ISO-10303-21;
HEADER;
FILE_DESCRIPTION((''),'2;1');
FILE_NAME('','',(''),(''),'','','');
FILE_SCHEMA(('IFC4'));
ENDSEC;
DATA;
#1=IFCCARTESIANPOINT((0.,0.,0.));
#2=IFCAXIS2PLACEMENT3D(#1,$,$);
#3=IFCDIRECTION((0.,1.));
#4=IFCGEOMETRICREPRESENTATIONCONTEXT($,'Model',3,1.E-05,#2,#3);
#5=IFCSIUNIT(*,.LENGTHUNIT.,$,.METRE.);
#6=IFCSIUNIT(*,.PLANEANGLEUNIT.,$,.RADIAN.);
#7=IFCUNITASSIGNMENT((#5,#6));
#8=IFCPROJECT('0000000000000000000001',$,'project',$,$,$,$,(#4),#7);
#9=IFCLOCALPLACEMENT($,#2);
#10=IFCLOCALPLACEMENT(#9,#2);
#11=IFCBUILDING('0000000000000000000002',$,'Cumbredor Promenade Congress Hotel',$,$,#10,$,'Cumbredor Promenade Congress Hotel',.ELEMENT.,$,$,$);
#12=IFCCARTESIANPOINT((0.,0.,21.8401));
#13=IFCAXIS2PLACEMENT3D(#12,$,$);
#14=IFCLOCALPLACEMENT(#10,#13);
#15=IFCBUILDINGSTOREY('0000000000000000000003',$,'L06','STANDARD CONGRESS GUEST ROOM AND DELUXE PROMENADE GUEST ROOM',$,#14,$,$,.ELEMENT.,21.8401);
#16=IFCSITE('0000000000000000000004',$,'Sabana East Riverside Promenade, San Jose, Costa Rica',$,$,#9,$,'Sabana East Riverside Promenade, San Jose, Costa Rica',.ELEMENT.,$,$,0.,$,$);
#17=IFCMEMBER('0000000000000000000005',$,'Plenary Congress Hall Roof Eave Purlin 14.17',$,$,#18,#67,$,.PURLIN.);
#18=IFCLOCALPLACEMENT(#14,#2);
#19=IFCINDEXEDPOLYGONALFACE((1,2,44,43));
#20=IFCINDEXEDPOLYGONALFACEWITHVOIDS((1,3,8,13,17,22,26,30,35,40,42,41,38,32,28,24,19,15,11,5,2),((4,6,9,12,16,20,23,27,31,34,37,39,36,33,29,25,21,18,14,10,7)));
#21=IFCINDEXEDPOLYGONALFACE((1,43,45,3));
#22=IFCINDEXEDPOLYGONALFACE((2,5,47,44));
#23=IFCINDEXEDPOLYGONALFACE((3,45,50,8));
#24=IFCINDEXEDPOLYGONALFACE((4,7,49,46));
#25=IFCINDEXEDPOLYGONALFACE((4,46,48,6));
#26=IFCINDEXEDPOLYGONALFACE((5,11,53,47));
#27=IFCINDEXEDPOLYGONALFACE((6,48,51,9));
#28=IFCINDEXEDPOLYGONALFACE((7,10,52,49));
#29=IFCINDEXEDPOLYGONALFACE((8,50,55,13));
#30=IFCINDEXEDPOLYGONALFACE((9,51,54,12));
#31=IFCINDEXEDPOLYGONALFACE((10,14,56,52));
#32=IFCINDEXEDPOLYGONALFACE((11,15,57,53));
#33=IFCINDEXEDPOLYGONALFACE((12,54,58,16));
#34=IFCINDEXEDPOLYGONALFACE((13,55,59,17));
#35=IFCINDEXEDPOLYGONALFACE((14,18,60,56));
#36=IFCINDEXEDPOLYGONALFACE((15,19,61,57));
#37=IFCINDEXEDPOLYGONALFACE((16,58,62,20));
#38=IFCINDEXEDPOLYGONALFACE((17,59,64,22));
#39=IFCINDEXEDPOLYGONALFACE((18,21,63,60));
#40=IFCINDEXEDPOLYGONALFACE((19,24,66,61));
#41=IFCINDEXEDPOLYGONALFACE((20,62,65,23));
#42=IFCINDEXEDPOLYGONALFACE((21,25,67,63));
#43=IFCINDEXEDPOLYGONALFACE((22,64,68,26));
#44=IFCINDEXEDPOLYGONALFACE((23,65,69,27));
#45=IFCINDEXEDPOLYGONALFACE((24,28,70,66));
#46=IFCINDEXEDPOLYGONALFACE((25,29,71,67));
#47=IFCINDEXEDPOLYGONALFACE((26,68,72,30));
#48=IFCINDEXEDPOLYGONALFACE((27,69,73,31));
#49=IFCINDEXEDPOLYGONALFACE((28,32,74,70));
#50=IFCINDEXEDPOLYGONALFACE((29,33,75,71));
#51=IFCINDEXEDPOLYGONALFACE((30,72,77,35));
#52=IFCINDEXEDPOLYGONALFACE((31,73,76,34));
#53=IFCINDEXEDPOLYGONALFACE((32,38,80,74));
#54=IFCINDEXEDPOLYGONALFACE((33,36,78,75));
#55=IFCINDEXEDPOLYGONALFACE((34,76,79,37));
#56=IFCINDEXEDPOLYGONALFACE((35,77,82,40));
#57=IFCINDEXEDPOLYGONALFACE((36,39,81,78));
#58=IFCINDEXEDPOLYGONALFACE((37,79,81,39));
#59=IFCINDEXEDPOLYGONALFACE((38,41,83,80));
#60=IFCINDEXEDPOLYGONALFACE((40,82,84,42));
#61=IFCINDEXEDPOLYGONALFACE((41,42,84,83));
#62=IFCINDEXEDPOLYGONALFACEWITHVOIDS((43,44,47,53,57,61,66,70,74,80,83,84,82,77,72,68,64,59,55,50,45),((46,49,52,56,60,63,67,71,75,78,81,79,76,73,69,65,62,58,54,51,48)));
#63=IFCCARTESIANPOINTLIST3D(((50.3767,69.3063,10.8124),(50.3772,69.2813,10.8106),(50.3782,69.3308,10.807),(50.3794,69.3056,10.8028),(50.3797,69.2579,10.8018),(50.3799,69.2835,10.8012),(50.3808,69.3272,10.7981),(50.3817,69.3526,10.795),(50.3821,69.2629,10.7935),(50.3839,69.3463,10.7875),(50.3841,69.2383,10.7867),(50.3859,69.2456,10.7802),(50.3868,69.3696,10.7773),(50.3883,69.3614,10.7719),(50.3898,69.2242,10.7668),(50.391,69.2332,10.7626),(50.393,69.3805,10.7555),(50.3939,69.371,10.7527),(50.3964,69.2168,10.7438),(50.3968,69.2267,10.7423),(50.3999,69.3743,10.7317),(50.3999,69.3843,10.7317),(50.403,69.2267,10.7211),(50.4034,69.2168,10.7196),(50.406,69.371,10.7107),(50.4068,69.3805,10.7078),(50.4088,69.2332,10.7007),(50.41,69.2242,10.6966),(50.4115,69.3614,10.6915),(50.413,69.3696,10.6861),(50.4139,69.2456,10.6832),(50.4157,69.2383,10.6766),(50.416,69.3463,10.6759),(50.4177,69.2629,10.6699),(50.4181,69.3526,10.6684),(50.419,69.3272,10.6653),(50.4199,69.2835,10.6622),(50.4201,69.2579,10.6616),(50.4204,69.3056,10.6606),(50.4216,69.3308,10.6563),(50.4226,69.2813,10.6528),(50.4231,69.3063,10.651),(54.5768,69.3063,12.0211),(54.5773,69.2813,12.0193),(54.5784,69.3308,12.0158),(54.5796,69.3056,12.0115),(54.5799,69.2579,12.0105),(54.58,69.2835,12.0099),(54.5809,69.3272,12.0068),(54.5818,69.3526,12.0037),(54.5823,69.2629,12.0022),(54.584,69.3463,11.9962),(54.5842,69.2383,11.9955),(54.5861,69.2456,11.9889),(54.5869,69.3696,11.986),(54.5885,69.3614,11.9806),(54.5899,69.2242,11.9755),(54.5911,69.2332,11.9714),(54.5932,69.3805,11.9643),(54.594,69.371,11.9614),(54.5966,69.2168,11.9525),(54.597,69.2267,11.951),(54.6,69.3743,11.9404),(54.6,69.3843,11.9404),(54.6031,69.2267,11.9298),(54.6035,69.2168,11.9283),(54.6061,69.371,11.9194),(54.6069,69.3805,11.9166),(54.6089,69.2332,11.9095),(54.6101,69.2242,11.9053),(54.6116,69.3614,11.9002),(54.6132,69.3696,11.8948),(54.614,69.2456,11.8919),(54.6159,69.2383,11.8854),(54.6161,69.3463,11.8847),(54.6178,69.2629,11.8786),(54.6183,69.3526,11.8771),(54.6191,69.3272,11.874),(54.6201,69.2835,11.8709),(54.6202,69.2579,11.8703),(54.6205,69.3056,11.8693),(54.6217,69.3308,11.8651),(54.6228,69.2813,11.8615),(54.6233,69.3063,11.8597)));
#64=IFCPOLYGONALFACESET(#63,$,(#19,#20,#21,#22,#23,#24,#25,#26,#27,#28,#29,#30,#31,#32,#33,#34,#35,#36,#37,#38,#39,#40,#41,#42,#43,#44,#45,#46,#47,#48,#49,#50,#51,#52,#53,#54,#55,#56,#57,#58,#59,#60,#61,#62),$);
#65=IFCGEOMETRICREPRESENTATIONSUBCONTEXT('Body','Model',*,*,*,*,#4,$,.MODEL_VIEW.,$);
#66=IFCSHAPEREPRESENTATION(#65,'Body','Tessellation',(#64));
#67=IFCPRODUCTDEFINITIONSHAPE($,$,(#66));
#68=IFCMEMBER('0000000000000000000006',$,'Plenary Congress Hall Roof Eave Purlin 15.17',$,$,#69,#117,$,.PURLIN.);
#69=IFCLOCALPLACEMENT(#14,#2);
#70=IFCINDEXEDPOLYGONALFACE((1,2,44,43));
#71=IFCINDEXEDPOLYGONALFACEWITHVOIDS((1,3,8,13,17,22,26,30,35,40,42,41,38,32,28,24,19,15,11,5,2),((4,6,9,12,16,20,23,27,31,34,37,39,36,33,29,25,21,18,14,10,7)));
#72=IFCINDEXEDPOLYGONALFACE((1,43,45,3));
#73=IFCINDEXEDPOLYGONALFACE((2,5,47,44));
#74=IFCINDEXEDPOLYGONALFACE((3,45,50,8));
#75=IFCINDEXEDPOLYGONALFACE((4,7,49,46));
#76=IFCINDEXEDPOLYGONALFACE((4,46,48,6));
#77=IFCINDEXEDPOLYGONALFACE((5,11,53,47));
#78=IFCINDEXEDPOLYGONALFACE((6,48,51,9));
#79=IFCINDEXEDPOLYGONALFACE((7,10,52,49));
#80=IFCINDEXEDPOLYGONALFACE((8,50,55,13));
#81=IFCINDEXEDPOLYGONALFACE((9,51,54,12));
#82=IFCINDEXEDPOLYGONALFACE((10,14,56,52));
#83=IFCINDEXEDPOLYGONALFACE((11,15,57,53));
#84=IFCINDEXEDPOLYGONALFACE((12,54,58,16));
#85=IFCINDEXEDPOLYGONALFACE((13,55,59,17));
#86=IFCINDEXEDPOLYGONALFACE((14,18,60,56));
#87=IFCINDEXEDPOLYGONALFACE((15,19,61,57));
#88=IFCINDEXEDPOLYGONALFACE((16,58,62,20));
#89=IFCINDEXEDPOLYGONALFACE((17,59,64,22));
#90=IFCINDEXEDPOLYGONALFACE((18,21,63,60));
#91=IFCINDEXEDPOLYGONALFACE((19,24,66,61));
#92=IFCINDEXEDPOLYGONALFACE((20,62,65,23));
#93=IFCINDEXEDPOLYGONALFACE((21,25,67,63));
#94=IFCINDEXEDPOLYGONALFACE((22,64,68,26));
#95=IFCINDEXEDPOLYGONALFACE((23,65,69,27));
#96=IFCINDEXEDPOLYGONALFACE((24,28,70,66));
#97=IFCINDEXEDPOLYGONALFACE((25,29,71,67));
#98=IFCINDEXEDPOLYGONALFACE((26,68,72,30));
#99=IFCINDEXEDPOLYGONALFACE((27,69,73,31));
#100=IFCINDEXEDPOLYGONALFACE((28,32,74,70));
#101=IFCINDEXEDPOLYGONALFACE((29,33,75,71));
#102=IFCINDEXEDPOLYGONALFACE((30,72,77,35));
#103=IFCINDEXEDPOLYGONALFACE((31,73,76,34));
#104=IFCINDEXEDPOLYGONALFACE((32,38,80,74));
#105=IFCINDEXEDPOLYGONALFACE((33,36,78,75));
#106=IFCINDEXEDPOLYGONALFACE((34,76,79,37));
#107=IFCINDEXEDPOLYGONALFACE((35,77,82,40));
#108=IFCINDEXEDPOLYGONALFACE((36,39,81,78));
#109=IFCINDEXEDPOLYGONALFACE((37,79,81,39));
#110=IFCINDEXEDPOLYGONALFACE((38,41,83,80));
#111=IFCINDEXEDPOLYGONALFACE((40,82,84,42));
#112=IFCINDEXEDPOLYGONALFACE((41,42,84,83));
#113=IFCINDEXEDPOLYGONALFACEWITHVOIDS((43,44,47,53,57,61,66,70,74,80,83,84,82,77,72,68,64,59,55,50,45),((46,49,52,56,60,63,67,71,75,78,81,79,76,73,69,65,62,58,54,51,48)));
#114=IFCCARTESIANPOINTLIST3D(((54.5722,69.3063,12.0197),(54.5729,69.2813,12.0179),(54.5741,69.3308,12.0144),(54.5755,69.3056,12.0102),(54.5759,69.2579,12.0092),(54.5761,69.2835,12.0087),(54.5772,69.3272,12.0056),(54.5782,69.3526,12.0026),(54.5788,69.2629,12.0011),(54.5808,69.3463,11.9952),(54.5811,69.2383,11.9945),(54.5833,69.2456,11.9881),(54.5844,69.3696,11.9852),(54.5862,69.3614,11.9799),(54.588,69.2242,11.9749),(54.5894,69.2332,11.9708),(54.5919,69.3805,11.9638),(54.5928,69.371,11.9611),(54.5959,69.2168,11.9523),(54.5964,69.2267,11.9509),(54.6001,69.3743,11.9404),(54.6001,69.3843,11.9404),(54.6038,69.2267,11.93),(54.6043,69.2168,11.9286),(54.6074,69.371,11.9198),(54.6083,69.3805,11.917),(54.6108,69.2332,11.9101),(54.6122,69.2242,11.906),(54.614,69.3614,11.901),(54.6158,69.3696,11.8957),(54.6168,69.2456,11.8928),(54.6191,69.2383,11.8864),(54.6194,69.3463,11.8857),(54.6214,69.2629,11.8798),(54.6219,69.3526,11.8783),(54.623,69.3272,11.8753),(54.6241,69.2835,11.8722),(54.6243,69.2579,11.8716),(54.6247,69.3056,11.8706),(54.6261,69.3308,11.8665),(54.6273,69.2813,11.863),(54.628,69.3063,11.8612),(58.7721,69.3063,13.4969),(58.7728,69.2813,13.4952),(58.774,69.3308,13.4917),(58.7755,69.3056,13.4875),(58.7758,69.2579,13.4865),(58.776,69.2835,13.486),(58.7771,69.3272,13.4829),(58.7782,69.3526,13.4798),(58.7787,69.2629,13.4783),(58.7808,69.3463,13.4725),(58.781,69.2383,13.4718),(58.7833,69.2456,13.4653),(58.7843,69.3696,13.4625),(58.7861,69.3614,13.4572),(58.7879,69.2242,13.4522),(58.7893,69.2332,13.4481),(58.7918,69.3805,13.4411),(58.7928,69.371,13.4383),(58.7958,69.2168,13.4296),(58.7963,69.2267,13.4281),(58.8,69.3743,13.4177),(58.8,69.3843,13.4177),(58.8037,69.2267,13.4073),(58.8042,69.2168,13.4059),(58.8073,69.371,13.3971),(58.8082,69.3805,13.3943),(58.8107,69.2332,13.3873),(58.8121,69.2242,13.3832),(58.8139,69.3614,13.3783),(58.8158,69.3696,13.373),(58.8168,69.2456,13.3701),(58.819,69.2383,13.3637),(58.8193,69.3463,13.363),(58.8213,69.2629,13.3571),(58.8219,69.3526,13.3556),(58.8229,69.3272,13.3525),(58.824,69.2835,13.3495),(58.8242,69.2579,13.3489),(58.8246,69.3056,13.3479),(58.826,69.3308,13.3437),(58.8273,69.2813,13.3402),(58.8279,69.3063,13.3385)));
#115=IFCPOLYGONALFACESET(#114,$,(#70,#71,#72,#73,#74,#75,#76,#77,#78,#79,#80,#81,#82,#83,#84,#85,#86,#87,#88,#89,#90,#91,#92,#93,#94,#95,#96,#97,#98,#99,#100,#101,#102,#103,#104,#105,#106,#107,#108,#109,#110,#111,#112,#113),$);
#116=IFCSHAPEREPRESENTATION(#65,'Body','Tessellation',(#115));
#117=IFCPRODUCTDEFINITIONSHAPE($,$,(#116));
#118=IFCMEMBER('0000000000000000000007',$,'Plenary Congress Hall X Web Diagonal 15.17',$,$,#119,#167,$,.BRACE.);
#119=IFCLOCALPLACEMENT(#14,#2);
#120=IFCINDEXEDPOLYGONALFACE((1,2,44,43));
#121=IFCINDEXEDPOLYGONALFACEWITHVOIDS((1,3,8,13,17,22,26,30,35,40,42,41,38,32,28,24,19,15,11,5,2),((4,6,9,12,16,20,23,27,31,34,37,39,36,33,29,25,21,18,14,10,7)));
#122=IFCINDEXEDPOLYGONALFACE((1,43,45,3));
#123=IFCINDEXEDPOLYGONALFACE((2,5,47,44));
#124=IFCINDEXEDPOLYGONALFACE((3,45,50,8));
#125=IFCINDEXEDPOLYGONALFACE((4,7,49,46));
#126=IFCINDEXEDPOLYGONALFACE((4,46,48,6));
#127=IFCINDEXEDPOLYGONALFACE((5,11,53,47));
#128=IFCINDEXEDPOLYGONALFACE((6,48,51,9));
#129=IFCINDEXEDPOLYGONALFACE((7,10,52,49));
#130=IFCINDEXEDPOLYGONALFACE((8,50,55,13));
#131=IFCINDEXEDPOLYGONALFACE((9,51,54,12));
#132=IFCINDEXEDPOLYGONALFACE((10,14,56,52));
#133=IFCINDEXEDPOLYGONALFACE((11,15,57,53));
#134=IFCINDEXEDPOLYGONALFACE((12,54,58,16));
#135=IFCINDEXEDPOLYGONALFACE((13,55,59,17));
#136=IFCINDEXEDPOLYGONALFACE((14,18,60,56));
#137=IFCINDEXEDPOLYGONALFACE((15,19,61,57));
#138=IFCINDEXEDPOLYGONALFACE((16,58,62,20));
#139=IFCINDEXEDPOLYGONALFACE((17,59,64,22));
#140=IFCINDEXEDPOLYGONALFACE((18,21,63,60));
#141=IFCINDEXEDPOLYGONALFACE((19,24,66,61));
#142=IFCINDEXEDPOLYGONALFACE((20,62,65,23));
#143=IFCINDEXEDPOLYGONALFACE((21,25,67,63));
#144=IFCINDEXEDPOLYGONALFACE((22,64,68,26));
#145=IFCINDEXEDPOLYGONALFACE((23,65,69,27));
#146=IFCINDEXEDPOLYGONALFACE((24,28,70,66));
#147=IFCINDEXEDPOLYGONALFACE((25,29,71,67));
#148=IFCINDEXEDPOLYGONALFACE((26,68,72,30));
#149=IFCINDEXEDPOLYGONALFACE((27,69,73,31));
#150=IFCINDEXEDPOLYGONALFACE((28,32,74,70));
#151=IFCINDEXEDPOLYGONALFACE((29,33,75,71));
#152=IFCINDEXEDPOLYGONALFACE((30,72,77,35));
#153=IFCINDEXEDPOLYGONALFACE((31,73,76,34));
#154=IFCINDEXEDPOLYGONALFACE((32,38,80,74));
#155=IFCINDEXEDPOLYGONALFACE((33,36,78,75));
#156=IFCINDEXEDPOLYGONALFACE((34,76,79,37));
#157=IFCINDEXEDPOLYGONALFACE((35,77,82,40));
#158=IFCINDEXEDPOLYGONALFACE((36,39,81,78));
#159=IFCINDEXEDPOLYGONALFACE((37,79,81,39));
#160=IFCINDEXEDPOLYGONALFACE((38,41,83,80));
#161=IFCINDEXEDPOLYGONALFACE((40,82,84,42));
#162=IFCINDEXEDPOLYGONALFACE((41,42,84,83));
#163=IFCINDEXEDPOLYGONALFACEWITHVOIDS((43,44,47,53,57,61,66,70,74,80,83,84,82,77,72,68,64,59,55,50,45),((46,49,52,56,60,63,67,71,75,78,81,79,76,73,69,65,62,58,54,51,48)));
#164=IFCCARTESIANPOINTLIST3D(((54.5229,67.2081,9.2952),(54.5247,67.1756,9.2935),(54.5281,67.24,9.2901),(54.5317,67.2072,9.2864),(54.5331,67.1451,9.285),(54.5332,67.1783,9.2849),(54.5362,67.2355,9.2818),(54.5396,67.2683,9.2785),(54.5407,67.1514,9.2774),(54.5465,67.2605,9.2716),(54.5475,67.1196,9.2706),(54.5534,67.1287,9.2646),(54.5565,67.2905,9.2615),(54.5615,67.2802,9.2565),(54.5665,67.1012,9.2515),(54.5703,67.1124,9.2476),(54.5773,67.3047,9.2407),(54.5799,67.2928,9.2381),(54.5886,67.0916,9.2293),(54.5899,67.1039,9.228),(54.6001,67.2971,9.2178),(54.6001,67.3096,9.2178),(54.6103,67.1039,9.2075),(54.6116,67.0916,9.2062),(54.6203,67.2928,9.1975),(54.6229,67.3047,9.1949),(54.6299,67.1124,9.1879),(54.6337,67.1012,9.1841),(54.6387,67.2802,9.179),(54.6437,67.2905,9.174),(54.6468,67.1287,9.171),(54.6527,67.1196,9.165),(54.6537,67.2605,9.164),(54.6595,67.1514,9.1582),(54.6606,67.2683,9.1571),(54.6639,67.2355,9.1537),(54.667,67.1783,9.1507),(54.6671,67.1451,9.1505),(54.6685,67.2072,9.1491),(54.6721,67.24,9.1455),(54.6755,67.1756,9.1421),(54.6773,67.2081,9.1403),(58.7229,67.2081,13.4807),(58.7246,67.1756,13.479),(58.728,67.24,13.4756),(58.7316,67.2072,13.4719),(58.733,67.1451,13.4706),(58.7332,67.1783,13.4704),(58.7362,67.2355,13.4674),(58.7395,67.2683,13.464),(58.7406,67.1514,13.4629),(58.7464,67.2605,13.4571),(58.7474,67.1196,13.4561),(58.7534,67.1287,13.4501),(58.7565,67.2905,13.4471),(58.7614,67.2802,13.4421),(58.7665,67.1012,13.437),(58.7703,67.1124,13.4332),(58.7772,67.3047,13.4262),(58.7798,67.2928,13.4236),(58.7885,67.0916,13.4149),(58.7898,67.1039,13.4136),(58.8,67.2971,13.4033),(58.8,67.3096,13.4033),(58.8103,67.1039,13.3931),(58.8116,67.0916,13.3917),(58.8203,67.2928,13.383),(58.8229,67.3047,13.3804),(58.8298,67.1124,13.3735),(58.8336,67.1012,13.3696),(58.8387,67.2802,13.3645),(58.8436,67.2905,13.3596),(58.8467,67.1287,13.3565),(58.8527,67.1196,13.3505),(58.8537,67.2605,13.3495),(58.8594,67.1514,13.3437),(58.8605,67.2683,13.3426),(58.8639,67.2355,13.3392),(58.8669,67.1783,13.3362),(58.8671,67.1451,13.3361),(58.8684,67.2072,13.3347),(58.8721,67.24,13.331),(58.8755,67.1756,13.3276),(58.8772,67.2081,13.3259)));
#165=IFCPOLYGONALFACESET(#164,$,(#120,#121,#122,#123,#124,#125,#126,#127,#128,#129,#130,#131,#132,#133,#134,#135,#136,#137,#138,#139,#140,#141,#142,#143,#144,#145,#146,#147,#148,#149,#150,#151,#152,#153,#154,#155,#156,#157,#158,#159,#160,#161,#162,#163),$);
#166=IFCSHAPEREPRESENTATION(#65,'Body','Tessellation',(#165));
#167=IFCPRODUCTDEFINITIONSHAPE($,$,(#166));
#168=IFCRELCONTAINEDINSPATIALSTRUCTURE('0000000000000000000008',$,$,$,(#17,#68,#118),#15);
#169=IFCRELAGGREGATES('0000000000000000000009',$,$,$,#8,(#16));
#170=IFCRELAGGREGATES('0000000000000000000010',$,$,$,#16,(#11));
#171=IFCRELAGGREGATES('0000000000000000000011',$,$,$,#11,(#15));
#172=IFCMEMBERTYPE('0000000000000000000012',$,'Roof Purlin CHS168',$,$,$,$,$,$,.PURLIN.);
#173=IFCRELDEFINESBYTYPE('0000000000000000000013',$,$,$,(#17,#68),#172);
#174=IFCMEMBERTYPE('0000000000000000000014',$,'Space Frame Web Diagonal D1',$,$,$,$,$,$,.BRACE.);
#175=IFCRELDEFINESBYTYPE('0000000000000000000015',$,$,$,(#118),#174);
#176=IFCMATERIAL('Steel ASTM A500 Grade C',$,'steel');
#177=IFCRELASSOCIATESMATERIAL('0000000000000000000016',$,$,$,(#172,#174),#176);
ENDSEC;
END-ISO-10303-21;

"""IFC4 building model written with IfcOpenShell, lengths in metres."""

from ifc_helpers import new_model, si_unit, direction, frame, origin, origin_2d, place, context, subcontext, project, spatial, hollow_circle, extrude, material, material_profile, profile_set, type_object, element, save


model = new_model("IFC4")

# Units and contexts
model_context = context("Model", 3, precision=1e-05, world=origin(), true_north=direction((0.0, 1.0)))
body_context = subcontext(model_context, "Body", "Model", "MODEL_VIEW")
ifc_project = project(units=[si_unit("LENGTHUNIT", "METRE"), si_unit("PLANEANGLEUNIT", "RADIAN")], contexts=[model_context])

# Site, building, storey
site_placement = place(None, origin())
site = spatial("IfcSite", under=ifc_project, at=site_placement, Name="Sabana East Riverside Promenade, San Jose, Costa Rica", LongName="Sabana East Riverside Promenade, San Jose, Costa Rica", CompositionType="ELEMENT", RefElevation=0.0)
building_placement = place(site_placement, origin())
building = spatial("IfcBuilding", under=site, at=building_placement, Name="Cumbredor Promenade Congress Hotel", LongName="Cumbredor Promenade Congress Hotel", CompositionType="ELEMENT")
storey_placement = place(building_placement, frame((0.0, 0.0, 21.8401)))
storey = spatial("IfcBuildingStorey", under=building, at=storey_placement, Name="L06", Description="STANDARD CONGRESS GUEST ROOM AND DELUXE PROMENADE GUEST ROOM", CompositionType="ELEMENT", Elevation=21.8401)

# Members
ifc_material_1 = material(Name="Steel ASTM A500 Grade C", Category="steel")
ifc_material_profile_1 = material_profile(ifc_material_1, hollow_circle(Radius=0.0842, WallThickness=0.01, at=origin_2d()), Name="CHS 168.3x10")
ifc_profile_set_1 = profile_set([ifc_material_profile_1], Name="Steel ASTM A500 Grade C")
member_type_1 = type_object("IfcMemberType", Name="Roof Purlin CHS168", PredefinedType="PURLIN", material=ifc_profile_set_1)
member_1_placement = place(storey_placement, frame((50.3999, 69.3, 10.7317), z_axis=(0.960997, 0.0, 0.276558), x_axis=(0.0, 1.0, 0.0)))
element("IfcMember", 1, at=member_1_placement, inside=storey, type_object=member_type_1, Name="Plenary Congress Hall Roof Eave Purlin 14.17", PredefinedType="PURLIN", context=body_context, shape_type="SweptSolid", body=[
    extrude(hollow_circle(Radius=0.0842, WallThickness=0.01, at=origin_2d()), origin(), (0.0, 0.0, 1.0), 4.3706),
])
member_2_placement = place(storey_placement, frame((54.6001, 69.3, 11.9404), z_axis=(0.943345, 0.0, 0.331813), x_axis=(0.0, 1.0, 0.0)))
element("IfcMember", 2, at=member_2_placement, inside=storey, type_object=member_type_1, Name="Plenary Congress Hall Roof Eave Purlin 15.17", PredefinedType="PURLIN", context=body_context, shape_type="SweptSolid", body=[
    extrude(hollow_circle(Radius=0.0842, WallThickness=0.01, at=origin_2d()), origin(), (0.0, 0.0, 1.0), 4.4521),
])
ifc_material_profile_2 = material_profile(ifc_material_1, hollow_circle(Radius=0.1096, WallThickness=0.0125, at=origin_2d()), Name="CHS 219.1x12.5")
ifc_profile_set_2 = profile_set([ifc_material_profile_2], Name="Steel ASTM A500 Grade C")
member_type_2 = type_object("IfcMemberType", Name="Space Frame Web Diagonal D1", PredefinedType="BRACE", material=ifc_profile_set_2)
member_3_placement = place(storey_placement, frame((54.6001, 67.2, 9.2178), z_axis=(0.70832, 0.0, 0.705891), x_axis=(0.0, 1.0, 0.0)))
element("IfcMember", 3, at=member_3_placement, inside=storey, type_object=member_type_2, Name="Plenary Congress Hall X Web Diagonal 15.17", PredefinedType="BRACE", context=body_context, shape_type="SweptSolid", body=[
    extrude(hollow_circle(Radius=0.1096, WallThickness=0.0125, at=origin_2d()), origin(), (0.0, 0.0, 1.0), 5.9294),
])

save(model, "model.ifc")
